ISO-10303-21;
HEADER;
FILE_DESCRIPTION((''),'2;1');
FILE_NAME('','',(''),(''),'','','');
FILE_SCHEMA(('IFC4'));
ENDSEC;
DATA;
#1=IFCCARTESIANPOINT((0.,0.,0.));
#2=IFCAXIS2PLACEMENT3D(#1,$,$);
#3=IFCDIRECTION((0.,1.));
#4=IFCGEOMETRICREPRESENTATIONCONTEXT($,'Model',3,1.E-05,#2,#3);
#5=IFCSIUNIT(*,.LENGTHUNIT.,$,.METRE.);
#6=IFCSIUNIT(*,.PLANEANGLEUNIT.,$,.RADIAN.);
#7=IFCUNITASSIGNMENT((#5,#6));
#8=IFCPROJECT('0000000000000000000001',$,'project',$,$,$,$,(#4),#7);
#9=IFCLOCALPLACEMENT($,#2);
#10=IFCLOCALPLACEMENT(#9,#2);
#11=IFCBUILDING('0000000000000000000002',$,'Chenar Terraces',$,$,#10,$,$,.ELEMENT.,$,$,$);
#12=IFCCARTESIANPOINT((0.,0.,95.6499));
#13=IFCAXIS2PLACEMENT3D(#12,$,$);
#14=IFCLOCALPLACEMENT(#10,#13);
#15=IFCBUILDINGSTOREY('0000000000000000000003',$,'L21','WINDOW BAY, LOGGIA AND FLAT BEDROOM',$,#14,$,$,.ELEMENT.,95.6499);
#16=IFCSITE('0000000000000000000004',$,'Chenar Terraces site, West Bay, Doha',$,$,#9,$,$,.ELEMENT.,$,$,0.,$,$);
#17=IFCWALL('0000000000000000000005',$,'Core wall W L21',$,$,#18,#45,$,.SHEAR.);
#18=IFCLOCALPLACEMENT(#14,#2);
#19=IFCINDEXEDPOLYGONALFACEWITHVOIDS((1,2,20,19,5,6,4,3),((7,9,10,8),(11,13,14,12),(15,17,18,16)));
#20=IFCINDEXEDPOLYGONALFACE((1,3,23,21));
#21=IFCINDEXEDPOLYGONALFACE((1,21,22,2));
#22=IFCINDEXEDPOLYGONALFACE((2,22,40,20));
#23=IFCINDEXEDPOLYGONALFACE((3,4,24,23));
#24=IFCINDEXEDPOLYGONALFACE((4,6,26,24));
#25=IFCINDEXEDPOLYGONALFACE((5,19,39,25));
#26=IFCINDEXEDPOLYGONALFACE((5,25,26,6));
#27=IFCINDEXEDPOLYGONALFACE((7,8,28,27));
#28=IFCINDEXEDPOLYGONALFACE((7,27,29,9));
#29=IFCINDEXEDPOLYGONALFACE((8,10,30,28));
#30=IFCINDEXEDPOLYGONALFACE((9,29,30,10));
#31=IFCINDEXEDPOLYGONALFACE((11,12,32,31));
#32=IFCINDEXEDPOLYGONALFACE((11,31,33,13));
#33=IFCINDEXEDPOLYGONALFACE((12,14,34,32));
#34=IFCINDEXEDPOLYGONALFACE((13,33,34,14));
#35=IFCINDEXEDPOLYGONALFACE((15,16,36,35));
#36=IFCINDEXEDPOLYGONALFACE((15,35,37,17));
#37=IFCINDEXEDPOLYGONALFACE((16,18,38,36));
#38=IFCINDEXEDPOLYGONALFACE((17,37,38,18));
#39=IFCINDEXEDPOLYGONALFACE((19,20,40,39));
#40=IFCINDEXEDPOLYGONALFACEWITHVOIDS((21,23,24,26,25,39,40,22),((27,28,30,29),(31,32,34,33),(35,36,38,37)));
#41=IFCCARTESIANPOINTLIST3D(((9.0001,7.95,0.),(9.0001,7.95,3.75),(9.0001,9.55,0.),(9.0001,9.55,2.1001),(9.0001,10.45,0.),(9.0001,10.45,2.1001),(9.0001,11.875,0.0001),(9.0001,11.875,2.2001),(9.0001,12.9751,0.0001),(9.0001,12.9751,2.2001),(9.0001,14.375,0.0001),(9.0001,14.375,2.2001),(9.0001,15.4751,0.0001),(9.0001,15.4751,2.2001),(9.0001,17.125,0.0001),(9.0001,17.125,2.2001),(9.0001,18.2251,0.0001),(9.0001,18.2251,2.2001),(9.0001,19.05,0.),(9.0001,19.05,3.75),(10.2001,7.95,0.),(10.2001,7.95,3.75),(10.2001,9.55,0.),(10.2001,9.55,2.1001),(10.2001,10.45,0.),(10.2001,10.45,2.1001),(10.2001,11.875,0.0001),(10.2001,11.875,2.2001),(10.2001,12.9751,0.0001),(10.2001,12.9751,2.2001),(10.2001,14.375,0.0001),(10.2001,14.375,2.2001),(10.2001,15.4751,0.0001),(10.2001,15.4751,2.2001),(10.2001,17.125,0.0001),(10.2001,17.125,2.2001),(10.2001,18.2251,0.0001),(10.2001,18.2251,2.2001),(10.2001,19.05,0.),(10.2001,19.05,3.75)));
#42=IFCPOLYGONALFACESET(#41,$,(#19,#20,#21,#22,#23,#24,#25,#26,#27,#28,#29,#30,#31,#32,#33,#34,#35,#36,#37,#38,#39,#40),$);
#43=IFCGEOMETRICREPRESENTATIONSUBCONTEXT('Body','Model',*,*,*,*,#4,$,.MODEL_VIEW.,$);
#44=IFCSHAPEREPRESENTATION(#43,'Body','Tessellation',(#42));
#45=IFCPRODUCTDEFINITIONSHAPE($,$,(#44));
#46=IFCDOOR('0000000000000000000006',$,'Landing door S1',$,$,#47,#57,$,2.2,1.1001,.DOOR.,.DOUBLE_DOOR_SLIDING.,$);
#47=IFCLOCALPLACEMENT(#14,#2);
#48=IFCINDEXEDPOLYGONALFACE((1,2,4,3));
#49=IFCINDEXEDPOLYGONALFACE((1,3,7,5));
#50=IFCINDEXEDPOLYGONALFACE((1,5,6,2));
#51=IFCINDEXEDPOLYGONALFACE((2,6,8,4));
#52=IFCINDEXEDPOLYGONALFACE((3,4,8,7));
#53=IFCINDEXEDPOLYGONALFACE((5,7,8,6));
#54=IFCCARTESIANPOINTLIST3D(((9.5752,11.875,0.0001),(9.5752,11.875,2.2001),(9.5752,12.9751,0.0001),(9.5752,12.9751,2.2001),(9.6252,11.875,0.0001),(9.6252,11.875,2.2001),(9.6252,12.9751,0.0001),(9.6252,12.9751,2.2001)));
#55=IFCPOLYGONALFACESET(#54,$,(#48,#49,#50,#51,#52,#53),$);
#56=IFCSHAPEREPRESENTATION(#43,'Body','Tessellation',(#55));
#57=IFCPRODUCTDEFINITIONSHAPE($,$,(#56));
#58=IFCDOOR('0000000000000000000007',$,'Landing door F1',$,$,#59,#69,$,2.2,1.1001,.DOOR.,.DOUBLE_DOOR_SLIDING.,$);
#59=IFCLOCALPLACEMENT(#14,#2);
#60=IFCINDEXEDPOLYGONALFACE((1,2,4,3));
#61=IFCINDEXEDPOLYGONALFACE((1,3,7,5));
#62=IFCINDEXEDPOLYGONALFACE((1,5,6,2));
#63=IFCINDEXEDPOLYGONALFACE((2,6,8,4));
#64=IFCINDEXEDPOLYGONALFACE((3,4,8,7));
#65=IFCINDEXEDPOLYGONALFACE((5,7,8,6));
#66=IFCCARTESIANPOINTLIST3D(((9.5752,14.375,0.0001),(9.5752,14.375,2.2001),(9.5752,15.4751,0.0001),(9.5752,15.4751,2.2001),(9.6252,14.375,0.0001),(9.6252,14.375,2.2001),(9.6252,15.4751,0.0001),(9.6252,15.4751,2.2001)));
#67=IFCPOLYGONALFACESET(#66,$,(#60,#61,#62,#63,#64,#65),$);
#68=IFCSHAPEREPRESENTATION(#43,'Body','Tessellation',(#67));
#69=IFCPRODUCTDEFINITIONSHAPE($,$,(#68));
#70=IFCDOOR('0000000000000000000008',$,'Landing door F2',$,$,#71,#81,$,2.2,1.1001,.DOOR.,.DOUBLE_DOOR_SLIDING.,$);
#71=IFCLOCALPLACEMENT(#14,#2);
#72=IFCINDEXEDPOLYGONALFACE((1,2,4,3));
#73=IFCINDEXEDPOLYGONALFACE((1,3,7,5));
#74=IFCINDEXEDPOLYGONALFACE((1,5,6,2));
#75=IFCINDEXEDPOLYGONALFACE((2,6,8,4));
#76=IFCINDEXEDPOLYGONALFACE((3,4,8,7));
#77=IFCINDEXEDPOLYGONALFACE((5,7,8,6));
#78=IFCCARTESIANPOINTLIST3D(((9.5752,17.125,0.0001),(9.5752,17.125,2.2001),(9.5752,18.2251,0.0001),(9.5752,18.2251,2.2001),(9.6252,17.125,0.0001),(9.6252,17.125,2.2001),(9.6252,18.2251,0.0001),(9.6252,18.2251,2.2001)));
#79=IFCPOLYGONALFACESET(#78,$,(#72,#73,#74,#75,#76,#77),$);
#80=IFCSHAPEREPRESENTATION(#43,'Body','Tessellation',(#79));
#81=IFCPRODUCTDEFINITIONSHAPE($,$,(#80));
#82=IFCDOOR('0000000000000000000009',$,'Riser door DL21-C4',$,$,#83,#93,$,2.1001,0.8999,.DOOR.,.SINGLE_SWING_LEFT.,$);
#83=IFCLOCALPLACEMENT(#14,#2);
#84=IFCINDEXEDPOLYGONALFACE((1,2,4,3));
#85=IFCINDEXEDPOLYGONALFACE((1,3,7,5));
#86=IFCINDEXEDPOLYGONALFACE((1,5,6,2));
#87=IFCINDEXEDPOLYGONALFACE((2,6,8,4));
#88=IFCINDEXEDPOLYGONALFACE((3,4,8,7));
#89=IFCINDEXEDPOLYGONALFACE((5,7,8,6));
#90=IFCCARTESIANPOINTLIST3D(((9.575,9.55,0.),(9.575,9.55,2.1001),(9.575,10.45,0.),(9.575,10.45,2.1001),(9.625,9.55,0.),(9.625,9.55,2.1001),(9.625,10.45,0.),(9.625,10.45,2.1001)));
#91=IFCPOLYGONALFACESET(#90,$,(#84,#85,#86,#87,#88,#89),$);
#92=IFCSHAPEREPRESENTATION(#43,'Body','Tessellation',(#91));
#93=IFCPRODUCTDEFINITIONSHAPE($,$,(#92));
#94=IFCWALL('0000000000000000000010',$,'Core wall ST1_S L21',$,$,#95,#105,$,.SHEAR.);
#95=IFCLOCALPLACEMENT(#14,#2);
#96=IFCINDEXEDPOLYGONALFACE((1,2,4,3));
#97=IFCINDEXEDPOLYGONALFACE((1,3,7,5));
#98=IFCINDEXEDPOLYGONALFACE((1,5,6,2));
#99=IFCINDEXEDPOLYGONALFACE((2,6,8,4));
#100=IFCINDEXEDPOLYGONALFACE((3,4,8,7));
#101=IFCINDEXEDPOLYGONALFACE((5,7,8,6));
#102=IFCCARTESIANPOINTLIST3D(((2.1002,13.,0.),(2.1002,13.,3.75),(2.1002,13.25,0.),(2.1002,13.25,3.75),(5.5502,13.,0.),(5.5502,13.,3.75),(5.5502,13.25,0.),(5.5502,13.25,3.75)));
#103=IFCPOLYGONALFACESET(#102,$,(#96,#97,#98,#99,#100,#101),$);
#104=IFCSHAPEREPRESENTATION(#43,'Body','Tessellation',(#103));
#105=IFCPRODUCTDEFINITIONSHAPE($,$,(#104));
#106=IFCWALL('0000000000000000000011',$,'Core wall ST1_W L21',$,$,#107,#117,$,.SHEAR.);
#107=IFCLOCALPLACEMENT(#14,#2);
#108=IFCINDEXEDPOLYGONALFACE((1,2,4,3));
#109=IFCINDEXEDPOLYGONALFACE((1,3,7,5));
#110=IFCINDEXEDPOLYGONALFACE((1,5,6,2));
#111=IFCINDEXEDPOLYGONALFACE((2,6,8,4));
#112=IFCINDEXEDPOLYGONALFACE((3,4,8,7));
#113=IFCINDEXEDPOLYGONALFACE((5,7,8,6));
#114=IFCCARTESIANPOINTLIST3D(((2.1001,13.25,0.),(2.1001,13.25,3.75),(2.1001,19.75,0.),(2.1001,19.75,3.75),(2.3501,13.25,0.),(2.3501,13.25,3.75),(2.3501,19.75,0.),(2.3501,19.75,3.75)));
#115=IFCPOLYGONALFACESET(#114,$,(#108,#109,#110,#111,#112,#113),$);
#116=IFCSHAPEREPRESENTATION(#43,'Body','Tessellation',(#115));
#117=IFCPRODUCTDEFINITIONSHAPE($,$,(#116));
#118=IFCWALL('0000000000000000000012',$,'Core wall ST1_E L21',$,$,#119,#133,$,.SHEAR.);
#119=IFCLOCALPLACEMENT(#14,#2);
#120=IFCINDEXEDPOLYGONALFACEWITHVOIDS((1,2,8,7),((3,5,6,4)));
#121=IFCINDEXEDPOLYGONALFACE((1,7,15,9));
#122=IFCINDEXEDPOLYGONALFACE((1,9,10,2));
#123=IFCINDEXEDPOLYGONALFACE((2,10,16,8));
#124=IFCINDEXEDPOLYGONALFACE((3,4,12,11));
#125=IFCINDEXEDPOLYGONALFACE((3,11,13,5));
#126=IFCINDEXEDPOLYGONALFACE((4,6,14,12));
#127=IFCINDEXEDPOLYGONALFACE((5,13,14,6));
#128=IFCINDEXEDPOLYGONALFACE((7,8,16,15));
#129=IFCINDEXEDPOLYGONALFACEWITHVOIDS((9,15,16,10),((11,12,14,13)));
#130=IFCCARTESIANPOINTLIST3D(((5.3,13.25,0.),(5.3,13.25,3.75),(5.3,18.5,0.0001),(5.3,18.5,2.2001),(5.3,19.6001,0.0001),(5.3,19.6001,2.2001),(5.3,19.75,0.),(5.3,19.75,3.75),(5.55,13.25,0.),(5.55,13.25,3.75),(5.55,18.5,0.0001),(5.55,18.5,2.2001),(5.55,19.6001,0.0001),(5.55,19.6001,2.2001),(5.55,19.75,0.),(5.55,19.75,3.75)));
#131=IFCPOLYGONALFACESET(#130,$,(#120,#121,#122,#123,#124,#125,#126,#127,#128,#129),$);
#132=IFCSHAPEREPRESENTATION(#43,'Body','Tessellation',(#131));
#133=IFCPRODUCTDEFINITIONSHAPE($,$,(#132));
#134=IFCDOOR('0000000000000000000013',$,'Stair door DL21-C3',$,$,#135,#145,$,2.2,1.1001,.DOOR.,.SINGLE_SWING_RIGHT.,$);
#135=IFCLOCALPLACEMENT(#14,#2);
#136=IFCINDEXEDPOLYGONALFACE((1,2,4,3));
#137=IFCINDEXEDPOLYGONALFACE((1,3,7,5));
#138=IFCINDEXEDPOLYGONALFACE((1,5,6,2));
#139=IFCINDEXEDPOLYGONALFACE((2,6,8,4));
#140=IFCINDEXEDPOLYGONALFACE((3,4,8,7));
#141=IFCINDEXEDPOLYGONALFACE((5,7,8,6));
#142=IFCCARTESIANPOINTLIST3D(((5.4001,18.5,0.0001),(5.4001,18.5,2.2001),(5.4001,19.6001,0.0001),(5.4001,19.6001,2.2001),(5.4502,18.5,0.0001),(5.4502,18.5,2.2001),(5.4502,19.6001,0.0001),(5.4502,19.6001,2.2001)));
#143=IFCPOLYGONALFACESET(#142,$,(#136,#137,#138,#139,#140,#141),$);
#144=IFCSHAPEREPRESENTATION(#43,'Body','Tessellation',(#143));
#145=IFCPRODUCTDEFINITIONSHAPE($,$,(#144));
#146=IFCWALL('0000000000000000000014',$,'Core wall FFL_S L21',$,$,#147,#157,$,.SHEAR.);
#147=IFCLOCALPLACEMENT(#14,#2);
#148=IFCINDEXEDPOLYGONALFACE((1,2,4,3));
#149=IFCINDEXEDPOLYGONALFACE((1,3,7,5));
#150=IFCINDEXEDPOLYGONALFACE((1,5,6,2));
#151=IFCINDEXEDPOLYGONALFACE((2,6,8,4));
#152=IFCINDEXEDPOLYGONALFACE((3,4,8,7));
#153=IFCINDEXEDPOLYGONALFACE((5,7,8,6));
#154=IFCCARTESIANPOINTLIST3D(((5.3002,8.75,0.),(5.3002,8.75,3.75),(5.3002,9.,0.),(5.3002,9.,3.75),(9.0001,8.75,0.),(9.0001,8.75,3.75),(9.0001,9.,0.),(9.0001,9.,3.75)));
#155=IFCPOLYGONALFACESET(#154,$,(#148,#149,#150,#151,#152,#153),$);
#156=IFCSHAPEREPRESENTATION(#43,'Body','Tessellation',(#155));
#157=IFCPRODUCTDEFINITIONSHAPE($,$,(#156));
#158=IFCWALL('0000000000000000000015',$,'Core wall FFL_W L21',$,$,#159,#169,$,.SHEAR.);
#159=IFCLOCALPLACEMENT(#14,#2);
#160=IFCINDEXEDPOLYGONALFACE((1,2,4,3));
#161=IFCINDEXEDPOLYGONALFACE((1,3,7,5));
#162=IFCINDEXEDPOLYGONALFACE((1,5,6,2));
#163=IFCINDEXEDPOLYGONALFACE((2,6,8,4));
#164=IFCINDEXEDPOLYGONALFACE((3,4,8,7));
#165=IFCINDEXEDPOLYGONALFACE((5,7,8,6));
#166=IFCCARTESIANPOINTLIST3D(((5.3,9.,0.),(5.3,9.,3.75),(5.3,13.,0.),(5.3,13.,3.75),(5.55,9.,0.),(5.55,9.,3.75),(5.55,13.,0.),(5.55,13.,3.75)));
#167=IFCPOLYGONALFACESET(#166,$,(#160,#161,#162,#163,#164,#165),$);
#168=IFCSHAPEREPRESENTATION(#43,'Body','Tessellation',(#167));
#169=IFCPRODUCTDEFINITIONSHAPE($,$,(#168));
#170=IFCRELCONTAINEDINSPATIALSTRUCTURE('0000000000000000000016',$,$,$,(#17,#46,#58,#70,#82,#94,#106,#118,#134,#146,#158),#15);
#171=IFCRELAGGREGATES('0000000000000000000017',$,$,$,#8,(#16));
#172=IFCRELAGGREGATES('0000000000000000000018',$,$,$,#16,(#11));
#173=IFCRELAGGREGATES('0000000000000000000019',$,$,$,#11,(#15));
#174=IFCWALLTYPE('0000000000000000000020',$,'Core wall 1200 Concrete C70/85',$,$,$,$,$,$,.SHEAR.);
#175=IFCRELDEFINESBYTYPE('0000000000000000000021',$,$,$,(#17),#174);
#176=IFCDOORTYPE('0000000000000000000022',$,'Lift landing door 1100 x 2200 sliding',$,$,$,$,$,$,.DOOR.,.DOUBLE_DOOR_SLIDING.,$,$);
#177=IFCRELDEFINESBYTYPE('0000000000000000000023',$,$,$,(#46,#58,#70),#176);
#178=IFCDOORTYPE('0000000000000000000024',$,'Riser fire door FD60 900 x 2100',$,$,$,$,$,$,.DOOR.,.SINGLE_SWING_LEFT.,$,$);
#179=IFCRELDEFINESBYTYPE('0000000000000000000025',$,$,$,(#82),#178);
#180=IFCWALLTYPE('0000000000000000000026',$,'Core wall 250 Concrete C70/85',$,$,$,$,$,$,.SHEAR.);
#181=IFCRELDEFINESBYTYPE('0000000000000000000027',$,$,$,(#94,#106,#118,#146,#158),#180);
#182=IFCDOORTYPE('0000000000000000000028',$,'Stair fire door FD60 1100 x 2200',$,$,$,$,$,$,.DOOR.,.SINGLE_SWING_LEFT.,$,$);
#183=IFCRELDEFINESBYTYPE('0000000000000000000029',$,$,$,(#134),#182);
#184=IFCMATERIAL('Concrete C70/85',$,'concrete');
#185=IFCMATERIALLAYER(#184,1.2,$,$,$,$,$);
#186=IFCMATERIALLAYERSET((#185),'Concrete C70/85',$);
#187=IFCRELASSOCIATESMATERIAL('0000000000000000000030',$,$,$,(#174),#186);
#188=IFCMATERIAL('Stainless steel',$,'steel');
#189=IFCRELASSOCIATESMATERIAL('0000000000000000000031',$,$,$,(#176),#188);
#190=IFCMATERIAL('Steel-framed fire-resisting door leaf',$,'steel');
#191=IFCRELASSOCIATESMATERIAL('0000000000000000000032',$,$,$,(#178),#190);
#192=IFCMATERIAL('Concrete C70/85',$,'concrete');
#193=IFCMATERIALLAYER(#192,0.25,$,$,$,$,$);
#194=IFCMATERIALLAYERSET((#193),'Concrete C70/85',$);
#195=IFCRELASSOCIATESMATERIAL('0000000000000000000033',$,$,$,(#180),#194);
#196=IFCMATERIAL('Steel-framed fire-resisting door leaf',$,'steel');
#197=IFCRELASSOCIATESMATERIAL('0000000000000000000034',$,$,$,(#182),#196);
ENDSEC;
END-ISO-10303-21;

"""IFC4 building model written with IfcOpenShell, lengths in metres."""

from ifc_helpers import new_model, si_unit, direction, frame, frame_2d, origin, place, context, subcontext, project, spatial, rectangle, extrude, material, layer, layer_set, type_object, element, fill, save


model = new_model("IFC4")

# Units and contexts
model_context = context("Model", 3, precision=1e-05, world=origin(), true_north=direction((0.0, 1.0)))
body_context = subcontext(model_context, "Body", "Model", "MODEL_VIEW")
ifc_project = project(units=[si_unit("LENGTHUNIT", "METRE"), si_unit("PLANEANGLEUNIT", "RADIAN")], contexts=[model_context])

# Site, building, storey
site_placement = place(None, origin())
site = spatial("IfcSite", under=ifc_project, at=site_placement, Name="Chenar Terraces site, West Bay, Doha", CompositionType="ELEMENT", RefElevation=0.0)
building_placement = place(site_placement, origin())
building = spatial("IfcBuilding", under=site, at=building_placement, Name="Chenar Terraces", CompositionType="ELEMENT")
storey_placement = place(building_placement, frame((0.0, 0.0, 95.6499)))
storey = spatial("IfcBuildingStorey", under=building, at=storey_placement, Name="L21", Description="WINDOW BAY, LOGGIA AND FLAT BEDROOM", CompositionType="ELEMENT", Elevation=95.6499)

# Wall, openings, doors
ifc_material_1 = material(Name="Concrete C70/85", Category="concrete")
ifc_layer_1 = layer(ifc_material_1, 1.2)
ifc_layer_set_1 = layer_set([ifc_layer_1], Name="Concrete C70/85")
wall_type_1 = type_object("IfcWallType", Name="Core wall 1200 Concrete C70/85", PredefinedType="SHEAR", material=ifc_layer_set_1)
wall_1_placement = place(storey_placement, frame((9.6001, 7.95, 0.0), z_axis=(0.0, 0.0, 1.0), x_axis=(0.0, 1.0, 0.0)))
wall_1 = element("IfcWall", 1, at=wall_1_placement, inside=storey, type_object=wall_type_1, Name="Core wall W L21", PredefinedType="SHEAR", context=body_context, shape_type="SweptSolid", body=[
    extrude(rectangle(XDim=11.1001, YDim=1.2, at=frame_2d((5.55, 0.0))), origin(), (0.0, 0.0, 1.0), 3.75),
])
opening_1_placement = place(wall_1_placement, frame((3.925, 0.0, 0.0)))
opening_1 = element("IfcOpeningElement", 2, at=opening_1_placement, cuts=wall_1, PredefinedType="OPENING", context=body_context, shape_type="SweptSolid", body=[
    extrude(rectangle(XDim=1.1001, YDim=2.2, at=frame_2d((0.55, 1.1001))), frame((0.0, 0.6099, 0.0), z_axis=(0.0, -1.0, 0.0), x_axis=(1.0, 0.0, 0.0)), (0.0, 0.0, 1.0), 1.22),
])
opening_2_placement = place(wall_1_placement, frame((6.425, 0.0, 0.0)))
opening_2 = element("IfcOpeningElement", 3, at=opening_2_placement, cuts=wall_1, PredefinedType="OPENING", context=body_context, shape_type="SweptSolid", body=[
    extrude(rectangle(XDim=1.1001, YDim=2.2, at=frame_2d((0.55, 1.1001))), frame((0.0, 0.6099, 0.0), z_axis=(0.0, -1.0, 0.0), x_axis=(1.0, 0.0, 0.0)), (0.0, 0.0, 1.0), 1.22),
])
opening_3_placement = place(wall_1_placement, frame((9.175, 0.0, 0.0)))
opening_3 = element("IfcOpeningElement", 4, at=opening_3_placement, cuts=wall_1, PredefinedType="OPENING", context=body_context, shape_type="SweptSolid", body=[
    extrude(rectangle(XDim=1.1001, YDim=2.2, at=frame_2d((0.55, 1.1001))), frame((0.0, 0.6099, 0.0), z_axis=(0.0, -1.0, 0.0), x_axis=(1.0, 0.0, 0.0)), (0.0, 0.0, 1.0), 1.22),
])
opening_4_placement = place(wall_1_placement, frame((1.6001, 0.0, 0.0)))
opening_4 = element("IfcOpeningElement", 5, at=opening_4_placement, cuts=wall_1, PredefinedType="OPENING", context=body_context, shape_type="SweptSolid", body=[
    extrude(rectangle(XDim=0.8999, YDim=2.1001, at=frame_2d((0.45, 1.05))), frame((0.0, 0.6099, 0.0), z_axis=(0.0, -1.0, 0.0), x_axis=(1.0, 0.0, 0.0)), (0.0, 0.0, 1.0), 1.22),
])
ifc_material_2 = material(Name="Stainless steel", Category="steel")
door_type_1 = type_object("IfcDoorType", Name="Lift landing door 1100 x 2200 sliding", OperationType="DOUBLE_DOOR_SLIDING", PredefinedType="DOOR", material=ifc_material_2)
door_1_placement = place(opening_1_placement, origin())
door_1 = element("IfcDoor", 6, at=door_1_placement, inside=storey, type_object=door_type_1, Name="Landing door S1", OperationType="DOUBLE_DOOR_SLIDING", OverallHeight=2.2, OverallWidth=1.1001, PredefinedType="DOOR", context=body_context, shape_type="SweptSolid", body=[
    extrude(rectangle(XDim=1.1001, YDim=2.2, at=frame_2d((0.55, 1.1001))), frame((0.0, 0.0249, 0.0), z_axis=(0.0, -1.0, 0.0), x_axis=(1.0, 0.0, 0.0)), (0.0, 0.0, 1.0), 0.05),
])
fill(opening_1, door_1)
door_2_placement = place(opening_2_placement, origin())
door_2 = element("IfcDoor", 7, at=door_2_placement, inside=storey, type_object=door_type_1, Name="Landing door F1", OperationType="DOUBLE_DOOR_SLIDING", OverallHeight=2.2, OverallWidth=1.1001, PredefinedType="DOOR", context=body_context, shape_type="SweptSolid", body=[
    extrude(rectangle(XDim=1.1001, YDim=2.2, at=frame_2d((0.55, 1.1001))), frame((0.0, 0.0249, 0.0), z_axis=(0.0, -1.0, 0.0), x_axis=(1.0, 0.0, 0.0)), (0.0, 0.0, 1.0), 0.05),
])
fill(opening_2, door_2)
door_3_placement = place(opening_3_placement, origin())
door_3 = element("IfcDoor", 8, at=door_3_placement, inside=storey, type_object=door_type_1, Name="Landing door F2", OperationType="DOUBLE_DOOR_SLIDING", OverallHeight=2.2, OverallWidth=1.1001, PredefinedType="DOOR", context=body_context, shape_type="SweptSolid", body=[
    extrude(rectangle(XDim=1.1001, YDim=2.2, at=frame_2d((0.55, 1.1001))), frame((0.0, 0.0249, 0.0), z_axis=(0.0, -1.0, 0.0), x_axis=(1.0, 0.0, 0.0)), (0.0, 0.0, 1.0), 0.05),
])
fill(opening_3, door_3)
ifc_material_3 = material(Name="Steel-framed fire-resisting door leaf", Category="steel")
door_type_2 = type_object("IfcDoorType", Name="Riser fire door FD60 900 x 2100", OperationType="SINGLE_SWING_LEFT", PredefinedType="DOOR", material=ifc_material_3)
door_4_placement = place(opening_4_placement, frame((0.8999, 0.0, 0.0), z_axis=(0.0, 0.0, 1.0), x_axis=(-1.0, 0.0, 0.0)))
door_4 = element("IfcDoor", 9, at=door_4_placement, inside=storey, type_object=door_type_2, Name="Riser door DL21-C4", OperationType="SINGLE_SWING_LEFT", OverallHeight=2.1001, OverallWidth=0.8999, PredefinedType="DOOR", context=body_context, shape_type="SweptSolid", body=[
    extrude(rectangle(XDim=0.8999, YDim=2.1001, at=frame_2d((0.45, 1.05))), frame((0.0, 0.0249, 0.0), z_axis=(0.0, -1.0, 0.0), x_axis=(1.0, 0.0, 0.0)), (0.0, 0.0, 1.0), 0.05),
])
fill(opening_4, door_4)

# Walls
ifc_material_4 = material(Name="Concrete C70/85", Category="concrete")
ifc_layer_2 = layer(ifc_material_4, 0.25)
ifc_layer_set_2 = layer_set([ifc_layer_2], Name="Concrete C70/85")
wall_type_2 = type_object("IfcWallType", Name="Core wall 250 Concrete C70/85", PredefinedType="SHEAR", material=ifc_layer_set_2)
wall_2_placement = place(storey_placement, frame((2.1001, 13.125, 0.0), z_axis=(0.0, 0.0, 1.0), x_axis=(1.0, 0.0, 0.0)))
element("IfcWall", 10, at=wall_2_placement, inside=storey, type_object=wall_type_2, Name="Core wall ST1_S L21", PredefinedType="SHEAR", context=body_context, shape_type="SweptSolid", body=[
    extrude(rectangle(XDim=3.45, YDim=0.25, at=frame_2d((1.7251, 0.0))), origin(), (0.0, 0.0, 1.0), 3.75),
])
wall_3_placement = place(storey_placement, frame((2.2251, 13.25, 0.0), z_axis=(0.0, 0.0, 1.0), x_axis=(0.0, 1.0, 0.0)))
element("IfcWall", 11, at=wall_3_placement, inside=storey, type_object=wall_type_2, Name="Core wall ST1_W L21", PredefinedType="SHEAR", context=body_context, shape_type="SweptSolid", body=[
    extrude(rectangle(XDim=6.5, YDim=0.25, at=frame_2d((3.25, 0.0))), origin(), (0.0, 0.0, 1.0), 3.75),
])

# Wall, opening, door
wall_4_placement = place(storey_placement, frame((5.425, 13.25, 0.0), z_axis=(0.0, 0.0, 1.0), x_axis=(0.0, 1.0, 0.0)))
wall_4 = element("IfcWall", 12, at=wall_4_placement, inside=storey, type_object=wall_type_2, Name="Core wall ST1_E L21", PredefinedType="SHEAR", context=body_context, shape_type="SweptSolid", body=[
    extrude(rectangle(XDim=6.5, YDim=0.25, at=frame_2d((3.25, 0.0))), origin(), (0.0, 0.0, 1.0), 3.75),
])
opening_5_placement = place(wall_4_placement, frame((5.25, 0.0, 0.0)))
opening_5 = element("IfcOpeningElement", 13, at=opening_5_placement, cuts=wall_4, PredefinedType="OPENING", context=body_context, shape_type="SweptSolid", body=[
    extrude(rectangle(XDim=1.1001, YDim=2.2, at=frame_2d((0.55, 1.1001))), frame((0.0, 0.135, 0.0), z_axis=(0.0, -1.0, 0.0), x_axis=(1.0, 0.0, 0.0)), (0.0, 0.0, 1.0), 0.27),
])
ifc_material_5 = material(Name="Steel-framed fire-resisting door leaf", Category="steel")
door_type_3 = type_object("IfcDoorType", Name="Stair fire door FD60 1100 x 2200", OperationType="SINGLE_SWING_LEFT", PredefinedType="DOOR", material=ifc_material_5)
door_5_placement = place(opening_5_placement, origin())
door_5 = element("IfcDoor", 14, at=door_5_placement, inside=storey, type_object=door_type_3, Name="Stair door DL21-C3", OperationType="SINGLE_SWING_RIGHT", OverallHeight=2.2, OverallWidth=1.1001, PredefinedType="DOOR", context=body_context, shape_type="SweptSolid", body=[
    extrude(rectangle(XDim=1.1001, YDim=2.2, at=frame_2d((0.55, 1.1001))), frame((0.0, 0.0249, 0.0), z_axis=(0.0, -1.0, 0.0), x_axis=(1.0, 0.0, 0.0)), (0.0, 0.0, 1.0), 0.05),
])
fill(opening_5, door_5)

# Walls
wall_5_placement = place(storey_placement, frame((5.3, 8.875, 0.0), z_axis=(0.0, 0.0, 1.0), x_axis=(1.0, 0.0, 0.0)))
element("IfcWall", 15, at=wall_5_placement, inside=storey, type_object=wall_type_2, Name="Core wall FFL_S L21", PredefinedType="SHEAR", context=body_context, shape_type="SweptSolid", body=[
    extrude(rectangle(XDim=3.7, YDim=0.25, at=frame_2d((1.8501, 0.0))), origin(), (0.0, 0.0, 1.0), 3.75),
])
wall_6_placement = place(storey_placement, frame((5.425, 9.0, 0.0), z_axis=(0.0, 0.0, 1.0), x_axis=(0.0, 1.0, 0.0)))
element("IfcWall", 16, at=wall_6_placement, inside=storey, type_object=wall_type_2, Name="Core wall FFL_W L21", PredefinedType="SHEAR", context=body_context, shape_type="SweptSolid", body=[
    extrude(rectangle(XDim=4.0, YDim=0.25, at=frame_2d((2.0, 0.0))), origin(), (0.0, 0.0, 1.0), 3.75),
])

save(model, "model.ifc")
